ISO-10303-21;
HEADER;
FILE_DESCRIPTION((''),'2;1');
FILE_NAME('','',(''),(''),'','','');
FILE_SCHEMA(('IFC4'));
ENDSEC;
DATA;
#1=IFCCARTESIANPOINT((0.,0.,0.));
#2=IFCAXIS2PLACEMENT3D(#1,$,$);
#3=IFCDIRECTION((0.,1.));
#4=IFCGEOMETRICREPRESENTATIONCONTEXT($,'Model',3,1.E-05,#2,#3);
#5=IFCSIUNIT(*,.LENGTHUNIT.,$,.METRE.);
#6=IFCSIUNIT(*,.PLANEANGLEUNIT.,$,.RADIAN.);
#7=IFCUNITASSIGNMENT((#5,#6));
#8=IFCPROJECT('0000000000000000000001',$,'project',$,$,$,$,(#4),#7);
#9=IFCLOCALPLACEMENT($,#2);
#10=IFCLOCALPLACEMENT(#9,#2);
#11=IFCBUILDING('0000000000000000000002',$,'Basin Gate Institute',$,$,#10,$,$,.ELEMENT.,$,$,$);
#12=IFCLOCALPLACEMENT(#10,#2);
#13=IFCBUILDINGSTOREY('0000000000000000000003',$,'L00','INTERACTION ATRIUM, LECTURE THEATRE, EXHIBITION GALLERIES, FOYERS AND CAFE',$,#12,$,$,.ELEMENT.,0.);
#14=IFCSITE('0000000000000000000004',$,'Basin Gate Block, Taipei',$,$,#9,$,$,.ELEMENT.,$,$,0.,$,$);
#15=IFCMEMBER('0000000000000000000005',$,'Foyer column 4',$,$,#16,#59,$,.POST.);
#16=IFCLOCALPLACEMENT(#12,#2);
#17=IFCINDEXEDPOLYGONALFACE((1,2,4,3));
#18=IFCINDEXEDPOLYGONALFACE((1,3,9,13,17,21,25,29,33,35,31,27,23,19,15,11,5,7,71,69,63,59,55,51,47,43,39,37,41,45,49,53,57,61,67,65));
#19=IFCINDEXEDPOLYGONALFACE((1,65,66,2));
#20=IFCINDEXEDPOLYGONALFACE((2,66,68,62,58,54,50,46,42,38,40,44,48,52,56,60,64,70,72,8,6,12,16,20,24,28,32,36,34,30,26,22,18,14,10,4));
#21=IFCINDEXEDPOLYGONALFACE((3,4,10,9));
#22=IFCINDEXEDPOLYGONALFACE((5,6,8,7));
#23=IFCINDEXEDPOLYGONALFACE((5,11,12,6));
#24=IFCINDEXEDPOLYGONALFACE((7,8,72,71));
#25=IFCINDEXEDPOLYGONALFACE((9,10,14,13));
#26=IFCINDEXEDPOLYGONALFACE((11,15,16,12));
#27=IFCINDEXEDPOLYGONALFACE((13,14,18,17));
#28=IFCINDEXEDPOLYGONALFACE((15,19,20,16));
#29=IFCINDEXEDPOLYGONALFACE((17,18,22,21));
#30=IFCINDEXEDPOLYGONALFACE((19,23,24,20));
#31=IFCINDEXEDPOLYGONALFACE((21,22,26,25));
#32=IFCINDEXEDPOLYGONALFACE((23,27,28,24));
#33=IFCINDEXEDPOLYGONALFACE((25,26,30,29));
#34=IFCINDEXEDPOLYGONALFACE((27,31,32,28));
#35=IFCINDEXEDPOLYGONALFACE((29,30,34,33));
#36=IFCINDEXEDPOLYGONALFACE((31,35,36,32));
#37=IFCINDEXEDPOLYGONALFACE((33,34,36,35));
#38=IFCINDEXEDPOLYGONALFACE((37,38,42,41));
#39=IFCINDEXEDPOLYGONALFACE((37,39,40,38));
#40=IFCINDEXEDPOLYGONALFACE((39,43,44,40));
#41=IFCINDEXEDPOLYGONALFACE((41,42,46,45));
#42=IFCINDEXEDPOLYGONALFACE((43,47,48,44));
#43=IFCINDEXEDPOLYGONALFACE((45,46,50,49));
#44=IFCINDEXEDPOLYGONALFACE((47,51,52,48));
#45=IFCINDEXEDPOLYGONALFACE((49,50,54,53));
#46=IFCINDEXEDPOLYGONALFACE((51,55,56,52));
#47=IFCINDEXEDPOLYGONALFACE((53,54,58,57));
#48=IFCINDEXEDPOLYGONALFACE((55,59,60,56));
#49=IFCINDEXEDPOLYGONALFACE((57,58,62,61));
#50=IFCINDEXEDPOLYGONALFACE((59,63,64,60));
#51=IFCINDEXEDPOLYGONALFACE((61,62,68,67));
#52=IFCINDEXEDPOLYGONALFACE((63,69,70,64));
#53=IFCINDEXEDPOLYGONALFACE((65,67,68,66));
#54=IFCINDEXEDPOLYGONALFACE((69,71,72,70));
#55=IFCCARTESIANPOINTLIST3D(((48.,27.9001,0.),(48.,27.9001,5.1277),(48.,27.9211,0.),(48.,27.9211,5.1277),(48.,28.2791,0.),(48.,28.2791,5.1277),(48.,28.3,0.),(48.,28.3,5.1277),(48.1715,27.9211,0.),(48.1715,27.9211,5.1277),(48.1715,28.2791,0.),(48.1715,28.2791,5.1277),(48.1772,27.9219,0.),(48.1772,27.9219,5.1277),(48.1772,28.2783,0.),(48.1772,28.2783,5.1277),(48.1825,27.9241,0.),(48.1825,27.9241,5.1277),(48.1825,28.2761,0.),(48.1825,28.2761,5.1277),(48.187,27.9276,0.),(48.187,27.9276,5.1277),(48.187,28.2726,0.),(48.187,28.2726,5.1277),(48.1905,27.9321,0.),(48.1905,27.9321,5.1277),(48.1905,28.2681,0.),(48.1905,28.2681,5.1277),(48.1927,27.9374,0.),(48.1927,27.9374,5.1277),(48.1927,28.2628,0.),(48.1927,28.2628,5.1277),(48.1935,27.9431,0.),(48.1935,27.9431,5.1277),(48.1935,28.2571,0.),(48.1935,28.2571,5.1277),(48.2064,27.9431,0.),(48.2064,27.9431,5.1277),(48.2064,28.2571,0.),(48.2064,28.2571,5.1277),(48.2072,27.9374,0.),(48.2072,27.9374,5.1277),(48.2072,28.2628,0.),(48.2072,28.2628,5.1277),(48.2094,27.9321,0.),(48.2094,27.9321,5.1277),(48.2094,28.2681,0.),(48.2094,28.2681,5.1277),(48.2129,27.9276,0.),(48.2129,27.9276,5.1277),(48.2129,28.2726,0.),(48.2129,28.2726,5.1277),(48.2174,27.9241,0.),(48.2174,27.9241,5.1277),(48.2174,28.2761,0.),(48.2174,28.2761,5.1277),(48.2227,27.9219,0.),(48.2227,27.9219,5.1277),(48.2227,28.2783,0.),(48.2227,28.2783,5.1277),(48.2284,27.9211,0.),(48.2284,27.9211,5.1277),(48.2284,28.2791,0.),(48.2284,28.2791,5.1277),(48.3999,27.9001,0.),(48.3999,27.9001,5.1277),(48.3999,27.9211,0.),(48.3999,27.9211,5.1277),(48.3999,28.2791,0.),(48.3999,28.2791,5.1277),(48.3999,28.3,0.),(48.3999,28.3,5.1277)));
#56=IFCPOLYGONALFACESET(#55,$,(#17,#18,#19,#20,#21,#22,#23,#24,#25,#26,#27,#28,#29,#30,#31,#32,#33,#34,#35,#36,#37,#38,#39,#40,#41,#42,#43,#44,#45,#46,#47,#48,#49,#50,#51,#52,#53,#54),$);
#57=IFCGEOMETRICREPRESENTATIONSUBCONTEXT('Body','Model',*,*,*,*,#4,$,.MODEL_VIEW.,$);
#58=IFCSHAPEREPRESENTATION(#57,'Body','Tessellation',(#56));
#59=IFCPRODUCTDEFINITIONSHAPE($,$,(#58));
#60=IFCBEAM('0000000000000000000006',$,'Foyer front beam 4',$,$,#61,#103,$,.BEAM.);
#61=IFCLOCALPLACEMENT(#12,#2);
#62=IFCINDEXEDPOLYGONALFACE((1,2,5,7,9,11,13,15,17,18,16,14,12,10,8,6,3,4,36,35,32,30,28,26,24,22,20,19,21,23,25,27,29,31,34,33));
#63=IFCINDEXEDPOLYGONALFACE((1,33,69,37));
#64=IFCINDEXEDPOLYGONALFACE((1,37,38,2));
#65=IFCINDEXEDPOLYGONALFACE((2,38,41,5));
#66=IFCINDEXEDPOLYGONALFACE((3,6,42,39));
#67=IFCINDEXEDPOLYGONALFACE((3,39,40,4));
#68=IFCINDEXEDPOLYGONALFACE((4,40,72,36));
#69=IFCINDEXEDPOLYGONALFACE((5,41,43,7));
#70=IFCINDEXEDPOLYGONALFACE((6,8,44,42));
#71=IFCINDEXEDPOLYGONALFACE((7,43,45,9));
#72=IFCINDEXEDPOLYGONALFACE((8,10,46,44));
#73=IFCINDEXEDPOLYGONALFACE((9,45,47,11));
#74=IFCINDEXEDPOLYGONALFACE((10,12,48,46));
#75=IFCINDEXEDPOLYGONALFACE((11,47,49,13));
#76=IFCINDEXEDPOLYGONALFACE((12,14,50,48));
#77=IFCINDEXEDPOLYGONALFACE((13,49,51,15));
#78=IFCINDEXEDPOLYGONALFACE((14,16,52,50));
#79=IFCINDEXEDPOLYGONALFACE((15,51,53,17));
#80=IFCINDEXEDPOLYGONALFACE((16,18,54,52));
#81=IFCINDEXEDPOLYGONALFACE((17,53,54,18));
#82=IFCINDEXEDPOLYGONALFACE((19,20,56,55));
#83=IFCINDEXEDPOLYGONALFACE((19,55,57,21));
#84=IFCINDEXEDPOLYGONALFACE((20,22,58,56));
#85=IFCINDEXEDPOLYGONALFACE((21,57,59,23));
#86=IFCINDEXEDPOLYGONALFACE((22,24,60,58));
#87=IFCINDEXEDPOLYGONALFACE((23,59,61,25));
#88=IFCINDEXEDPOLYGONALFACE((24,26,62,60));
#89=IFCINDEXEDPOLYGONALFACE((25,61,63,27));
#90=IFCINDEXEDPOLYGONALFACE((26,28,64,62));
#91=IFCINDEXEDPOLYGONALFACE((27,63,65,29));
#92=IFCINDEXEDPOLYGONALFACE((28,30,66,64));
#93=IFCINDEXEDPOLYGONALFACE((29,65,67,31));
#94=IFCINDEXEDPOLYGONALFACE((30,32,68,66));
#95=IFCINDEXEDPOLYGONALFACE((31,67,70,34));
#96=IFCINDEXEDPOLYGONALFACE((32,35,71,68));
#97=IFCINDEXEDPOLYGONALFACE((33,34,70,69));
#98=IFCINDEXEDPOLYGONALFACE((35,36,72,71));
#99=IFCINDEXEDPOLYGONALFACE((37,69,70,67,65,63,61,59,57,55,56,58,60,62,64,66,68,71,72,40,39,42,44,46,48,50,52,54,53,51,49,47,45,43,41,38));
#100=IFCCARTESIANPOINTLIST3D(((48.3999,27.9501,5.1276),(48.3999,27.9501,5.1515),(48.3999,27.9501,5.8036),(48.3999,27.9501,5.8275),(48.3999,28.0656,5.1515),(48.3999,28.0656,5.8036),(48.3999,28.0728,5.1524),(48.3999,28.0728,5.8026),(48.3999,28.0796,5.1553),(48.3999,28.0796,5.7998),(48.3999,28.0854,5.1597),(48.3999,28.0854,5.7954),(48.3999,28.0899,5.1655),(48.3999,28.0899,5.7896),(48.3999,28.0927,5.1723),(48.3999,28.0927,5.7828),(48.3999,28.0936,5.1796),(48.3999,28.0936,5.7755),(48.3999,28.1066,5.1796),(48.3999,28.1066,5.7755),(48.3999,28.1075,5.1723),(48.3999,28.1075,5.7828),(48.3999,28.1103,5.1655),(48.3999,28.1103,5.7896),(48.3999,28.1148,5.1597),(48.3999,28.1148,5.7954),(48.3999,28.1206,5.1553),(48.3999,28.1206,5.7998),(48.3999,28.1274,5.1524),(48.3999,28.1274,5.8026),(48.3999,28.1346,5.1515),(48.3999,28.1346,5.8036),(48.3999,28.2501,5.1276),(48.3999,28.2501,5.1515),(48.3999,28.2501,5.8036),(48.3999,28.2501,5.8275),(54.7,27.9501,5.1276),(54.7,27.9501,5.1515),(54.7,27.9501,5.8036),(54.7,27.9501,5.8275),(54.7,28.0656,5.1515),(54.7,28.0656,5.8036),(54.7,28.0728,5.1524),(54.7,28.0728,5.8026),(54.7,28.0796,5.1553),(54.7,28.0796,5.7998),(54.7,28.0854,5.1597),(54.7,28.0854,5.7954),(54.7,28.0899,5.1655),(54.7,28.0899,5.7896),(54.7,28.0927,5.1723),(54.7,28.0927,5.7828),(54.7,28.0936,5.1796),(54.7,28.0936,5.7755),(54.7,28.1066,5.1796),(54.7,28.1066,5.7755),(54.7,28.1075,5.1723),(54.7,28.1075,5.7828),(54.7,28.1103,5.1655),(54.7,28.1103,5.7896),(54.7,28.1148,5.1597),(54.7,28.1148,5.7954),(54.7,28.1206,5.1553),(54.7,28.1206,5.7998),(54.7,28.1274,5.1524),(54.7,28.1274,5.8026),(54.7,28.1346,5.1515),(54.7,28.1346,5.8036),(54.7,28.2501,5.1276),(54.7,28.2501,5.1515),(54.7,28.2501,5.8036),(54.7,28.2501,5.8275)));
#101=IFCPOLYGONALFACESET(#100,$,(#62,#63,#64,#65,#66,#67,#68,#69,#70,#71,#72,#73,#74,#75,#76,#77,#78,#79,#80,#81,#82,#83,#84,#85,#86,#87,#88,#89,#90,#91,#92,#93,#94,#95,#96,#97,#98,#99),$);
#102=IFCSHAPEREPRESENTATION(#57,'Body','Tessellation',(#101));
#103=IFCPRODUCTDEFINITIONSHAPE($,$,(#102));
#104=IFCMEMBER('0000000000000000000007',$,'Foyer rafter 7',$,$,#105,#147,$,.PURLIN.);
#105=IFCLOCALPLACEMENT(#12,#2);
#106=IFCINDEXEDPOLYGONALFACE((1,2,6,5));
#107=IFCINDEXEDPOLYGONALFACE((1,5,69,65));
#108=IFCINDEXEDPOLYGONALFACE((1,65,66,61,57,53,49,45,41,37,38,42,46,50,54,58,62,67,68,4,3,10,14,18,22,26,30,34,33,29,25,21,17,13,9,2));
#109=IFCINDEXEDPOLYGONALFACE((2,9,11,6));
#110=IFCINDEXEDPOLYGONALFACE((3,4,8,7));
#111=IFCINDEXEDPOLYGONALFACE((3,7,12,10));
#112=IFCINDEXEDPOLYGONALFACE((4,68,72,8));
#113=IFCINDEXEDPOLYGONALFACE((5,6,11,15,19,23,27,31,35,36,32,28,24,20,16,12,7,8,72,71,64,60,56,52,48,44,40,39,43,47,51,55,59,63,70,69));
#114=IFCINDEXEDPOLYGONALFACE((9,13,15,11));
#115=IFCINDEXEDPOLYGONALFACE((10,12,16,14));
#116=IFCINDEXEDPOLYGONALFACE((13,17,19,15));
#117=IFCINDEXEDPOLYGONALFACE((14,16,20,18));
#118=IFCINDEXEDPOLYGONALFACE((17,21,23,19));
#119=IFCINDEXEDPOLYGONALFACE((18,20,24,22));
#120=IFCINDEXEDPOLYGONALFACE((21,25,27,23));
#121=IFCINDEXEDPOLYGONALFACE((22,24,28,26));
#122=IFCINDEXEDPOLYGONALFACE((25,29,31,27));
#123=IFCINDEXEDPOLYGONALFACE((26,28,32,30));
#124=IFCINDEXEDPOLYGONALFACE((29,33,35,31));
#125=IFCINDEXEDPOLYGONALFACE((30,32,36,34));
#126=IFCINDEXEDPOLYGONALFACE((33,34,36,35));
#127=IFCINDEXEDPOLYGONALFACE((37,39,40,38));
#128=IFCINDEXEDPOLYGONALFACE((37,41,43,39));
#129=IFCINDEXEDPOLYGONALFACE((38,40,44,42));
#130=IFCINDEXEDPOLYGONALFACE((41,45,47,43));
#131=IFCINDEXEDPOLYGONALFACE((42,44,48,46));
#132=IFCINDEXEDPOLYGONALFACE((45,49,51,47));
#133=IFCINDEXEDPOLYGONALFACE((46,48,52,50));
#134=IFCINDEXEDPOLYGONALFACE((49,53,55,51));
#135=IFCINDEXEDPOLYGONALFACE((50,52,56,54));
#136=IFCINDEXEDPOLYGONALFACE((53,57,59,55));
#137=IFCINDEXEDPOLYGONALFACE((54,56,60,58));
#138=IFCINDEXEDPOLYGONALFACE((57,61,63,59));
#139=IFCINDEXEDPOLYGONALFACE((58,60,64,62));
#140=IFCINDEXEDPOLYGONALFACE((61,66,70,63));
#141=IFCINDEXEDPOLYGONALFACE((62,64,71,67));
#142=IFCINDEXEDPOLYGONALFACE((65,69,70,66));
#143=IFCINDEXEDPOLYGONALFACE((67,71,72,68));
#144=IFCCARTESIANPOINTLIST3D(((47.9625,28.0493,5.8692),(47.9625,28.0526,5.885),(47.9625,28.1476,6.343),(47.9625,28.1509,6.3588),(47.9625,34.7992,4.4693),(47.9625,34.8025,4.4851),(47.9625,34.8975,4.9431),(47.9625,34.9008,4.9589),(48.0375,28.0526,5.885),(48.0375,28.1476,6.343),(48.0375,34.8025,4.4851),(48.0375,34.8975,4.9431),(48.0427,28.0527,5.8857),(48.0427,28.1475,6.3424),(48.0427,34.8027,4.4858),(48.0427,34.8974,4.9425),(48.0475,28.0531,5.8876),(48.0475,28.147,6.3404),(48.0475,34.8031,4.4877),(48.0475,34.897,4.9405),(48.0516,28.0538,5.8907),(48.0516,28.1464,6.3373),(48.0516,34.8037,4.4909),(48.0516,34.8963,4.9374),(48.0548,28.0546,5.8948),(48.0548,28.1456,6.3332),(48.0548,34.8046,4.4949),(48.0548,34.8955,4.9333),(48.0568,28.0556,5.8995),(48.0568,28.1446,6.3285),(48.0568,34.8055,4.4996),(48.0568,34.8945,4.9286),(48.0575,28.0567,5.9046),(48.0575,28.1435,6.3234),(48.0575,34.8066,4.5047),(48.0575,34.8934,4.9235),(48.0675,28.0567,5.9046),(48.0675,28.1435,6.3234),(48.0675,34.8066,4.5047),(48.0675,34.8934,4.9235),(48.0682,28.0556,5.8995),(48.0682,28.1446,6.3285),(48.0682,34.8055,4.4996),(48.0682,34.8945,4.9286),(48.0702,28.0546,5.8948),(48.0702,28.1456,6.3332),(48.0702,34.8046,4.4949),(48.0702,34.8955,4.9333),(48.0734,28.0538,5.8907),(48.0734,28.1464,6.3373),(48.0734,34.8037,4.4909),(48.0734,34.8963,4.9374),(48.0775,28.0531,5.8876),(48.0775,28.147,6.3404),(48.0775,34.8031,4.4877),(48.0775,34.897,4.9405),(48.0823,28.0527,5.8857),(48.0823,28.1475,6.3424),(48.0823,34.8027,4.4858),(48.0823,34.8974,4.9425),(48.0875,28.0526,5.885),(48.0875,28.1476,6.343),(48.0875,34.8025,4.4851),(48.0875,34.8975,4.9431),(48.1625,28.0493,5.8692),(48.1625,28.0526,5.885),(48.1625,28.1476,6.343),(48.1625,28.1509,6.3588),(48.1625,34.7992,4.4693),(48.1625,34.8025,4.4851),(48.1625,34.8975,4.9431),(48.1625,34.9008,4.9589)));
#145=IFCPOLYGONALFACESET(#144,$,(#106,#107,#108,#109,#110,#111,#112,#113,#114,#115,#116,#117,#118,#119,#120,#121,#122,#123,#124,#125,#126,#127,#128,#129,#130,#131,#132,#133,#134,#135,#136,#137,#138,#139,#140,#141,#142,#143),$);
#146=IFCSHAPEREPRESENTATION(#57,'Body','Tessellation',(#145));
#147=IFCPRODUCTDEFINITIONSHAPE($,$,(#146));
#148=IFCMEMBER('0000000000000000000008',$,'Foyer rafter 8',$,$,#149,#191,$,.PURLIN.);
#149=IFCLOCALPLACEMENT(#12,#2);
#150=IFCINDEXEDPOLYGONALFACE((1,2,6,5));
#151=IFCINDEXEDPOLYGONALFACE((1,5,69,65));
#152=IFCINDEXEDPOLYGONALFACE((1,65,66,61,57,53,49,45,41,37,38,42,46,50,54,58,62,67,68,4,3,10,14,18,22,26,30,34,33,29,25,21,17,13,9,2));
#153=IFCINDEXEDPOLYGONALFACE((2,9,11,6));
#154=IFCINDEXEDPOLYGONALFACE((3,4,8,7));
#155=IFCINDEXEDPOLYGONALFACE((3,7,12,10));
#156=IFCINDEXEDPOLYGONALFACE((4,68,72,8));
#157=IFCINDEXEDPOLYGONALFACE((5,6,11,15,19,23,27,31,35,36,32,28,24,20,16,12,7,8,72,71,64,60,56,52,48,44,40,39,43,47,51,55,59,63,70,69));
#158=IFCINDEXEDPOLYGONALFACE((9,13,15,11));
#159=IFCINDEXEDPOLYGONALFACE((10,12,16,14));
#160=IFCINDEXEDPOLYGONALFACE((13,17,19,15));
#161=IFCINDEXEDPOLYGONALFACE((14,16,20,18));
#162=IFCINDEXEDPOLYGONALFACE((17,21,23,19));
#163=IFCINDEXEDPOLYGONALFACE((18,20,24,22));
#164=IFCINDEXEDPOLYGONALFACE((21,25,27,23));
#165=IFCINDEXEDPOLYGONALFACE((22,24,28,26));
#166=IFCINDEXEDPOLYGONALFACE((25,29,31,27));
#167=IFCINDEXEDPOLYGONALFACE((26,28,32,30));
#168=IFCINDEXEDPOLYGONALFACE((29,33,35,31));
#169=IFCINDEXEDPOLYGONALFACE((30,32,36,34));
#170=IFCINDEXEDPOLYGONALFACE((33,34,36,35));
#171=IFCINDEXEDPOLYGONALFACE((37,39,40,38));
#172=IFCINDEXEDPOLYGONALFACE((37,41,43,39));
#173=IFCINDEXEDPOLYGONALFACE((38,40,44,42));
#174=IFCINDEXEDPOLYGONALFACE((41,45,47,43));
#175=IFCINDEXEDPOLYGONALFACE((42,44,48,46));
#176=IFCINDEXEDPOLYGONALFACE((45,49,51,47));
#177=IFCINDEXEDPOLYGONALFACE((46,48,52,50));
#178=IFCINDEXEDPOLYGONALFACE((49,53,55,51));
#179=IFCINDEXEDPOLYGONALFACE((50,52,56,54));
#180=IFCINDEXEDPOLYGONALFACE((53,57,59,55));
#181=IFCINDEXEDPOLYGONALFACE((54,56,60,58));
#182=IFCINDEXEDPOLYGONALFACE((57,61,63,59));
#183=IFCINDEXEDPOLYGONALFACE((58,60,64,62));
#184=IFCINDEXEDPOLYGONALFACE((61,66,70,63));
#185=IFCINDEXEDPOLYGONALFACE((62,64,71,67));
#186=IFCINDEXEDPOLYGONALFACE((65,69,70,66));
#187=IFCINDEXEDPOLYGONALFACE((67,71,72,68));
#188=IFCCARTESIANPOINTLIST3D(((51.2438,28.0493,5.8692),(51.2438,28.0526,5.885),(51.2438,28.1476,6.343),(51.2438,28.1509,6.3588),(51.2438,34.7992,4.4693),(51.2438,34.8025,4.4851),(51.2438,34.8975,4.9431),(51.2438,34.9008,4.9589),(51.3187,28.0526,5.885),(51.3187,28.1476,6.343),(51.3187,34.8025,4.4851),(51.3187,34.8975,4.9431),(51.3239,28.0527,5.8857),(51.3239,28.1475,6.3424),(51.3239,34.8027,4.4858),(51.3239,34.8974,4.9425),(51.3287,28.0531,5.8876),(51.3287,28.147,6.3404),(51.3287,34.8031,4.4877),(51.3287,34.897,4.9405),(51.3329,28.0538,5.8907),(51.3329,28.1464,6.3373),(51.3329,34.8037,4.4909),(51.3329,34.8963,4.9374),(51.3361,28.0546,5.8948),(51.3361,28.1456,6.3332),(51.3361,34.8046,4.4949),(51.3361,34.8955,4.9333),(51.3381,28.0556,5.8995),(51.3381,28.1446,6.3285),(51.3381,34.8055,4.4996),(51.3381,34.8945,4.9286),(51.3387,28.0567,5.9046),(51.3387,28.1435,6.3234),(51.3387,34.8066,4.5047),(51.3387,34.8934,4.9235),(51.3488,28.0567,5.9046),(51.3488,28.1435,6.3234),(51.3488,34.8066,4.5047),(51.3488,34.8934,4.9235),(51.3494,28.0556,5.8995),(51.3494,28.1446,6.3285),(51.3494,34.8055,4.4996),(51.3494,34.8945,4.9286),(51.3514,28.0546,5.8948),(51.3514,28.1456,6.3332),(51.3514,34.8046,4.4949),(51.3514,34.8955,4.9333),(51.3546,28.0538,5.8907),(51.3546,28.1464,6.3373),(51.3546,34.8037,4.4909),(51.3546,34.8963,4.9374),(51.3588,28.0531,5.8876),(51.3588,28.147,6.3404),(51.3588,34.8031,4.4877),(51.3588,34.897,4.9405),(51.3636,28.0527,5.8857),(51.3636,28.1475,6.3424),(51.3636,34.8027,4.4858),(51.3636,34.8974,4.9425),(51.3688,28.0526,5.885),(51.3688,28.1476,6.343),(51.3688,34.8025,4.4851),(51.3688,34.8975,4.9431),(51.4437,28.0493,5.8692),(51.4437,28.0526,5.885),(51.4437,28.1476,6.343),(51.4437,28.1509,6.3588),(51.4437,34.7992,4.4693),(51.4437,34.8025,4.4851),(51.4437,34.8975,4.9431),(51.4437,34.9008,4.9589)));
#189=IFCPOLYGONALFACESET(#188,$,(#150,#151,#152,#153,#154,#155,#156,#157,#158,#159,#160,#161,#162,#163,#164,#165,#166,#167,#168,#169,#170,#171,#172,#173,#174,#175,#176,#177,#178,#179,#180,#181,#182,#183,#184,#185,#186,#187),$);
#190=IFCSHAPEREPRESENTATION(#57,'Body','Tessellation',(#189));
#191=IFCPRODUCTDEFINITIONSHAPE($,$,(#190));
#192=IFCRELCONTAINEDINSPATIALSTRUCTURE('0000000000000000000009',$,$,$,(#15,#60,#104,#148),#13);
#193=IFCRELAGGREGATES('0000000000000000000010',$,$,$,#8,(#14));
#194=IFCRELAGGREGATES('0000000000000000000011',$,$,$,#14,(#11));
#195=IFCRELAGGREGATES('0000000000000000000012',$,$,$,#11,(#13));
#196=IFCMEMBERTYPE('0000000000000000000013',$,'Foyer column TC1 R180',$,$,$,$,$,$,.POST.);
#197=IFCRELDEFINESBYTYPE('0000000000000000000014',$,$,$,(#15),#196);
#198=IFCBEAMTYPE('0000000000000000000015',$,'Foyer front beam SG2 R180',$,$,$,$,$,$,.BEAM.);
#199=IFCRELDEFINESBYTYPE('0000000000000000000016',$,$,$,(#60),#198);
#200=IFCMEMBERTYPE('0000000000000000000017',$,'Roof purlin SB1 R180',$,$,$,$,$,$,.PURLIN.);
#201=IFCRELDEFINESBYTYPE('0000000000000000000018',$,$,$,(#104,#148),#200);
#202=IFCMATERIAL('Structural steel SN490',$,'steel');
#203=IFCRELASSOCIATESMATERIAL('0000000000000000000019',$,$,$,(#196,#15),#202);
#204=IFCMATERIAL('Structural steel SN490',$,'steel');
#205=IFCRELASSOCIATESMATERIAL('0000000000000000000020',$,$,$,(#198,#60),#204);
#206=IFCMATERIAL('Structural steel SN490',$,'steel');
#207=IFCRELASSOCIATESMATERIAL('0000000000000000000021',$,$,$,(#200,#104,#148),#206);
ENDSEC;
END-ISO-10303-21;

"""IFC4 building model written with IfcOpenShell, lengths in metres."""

from ifc_helpers import new_model, si_unit, direction, frame, origin, origin_2d, place, context, subcontext, project, spatial, i_section, extrude, material, material_profile, profile_set, type_object, element, save


model = new_model("IFC4")

# Units and contexts
model_context = context("Model", 3, precision=1e-05, world=origin(), true_north=direction((0.0, 1.0)))
body_context = subcontext(model_context, "Body", "Model", "MODEL_VIEW")
ifc_project = project(units=[si_unit("LENGTHUNIT", "METRE"), si_unit("PLANEANGLEUNIT", "RADIAN")], contexts=[model_context])

# Site, building, storey
site_placement = place(None, origin())
site = spatial("IfcSite", under=ifc_project, at=site_placement, Name="Basin Gate Block, Taipei", CompositionType="ELEMENT", RefElevation=0.0)
building_placement = place(site_placement, origin())
building = spatial("IfcBuilding", under=site, at=building_placement, Name="Basin Gate Institute", CompositionType="ELEMENT")
storey_placement = place(building_placement, origin())
storey = spatial("IfcBuildingStorey", under=building, at=storey_placement, Name="L00", Description="INTERACTION ATRIUM, LECTURE THEATRE, EXHIBITION GALLERIES, FOYERS AND CAFE", CompositionType="ELEMENT", Elevation=0.0)

# Member
ifc_material_1 = material(Name="Structural steel SN490", Category="steel")
ifc_material_profile_1 = material_profile(ifc_material_1, i_section(OverallWidth=0.3999, OverallDepth=0.3999, WebThickness=0.0129, FlangeThickness=0.021, FilletRadius=0.022, at=origin_2d()), Name="H400x400")
ifc_profile_set_1 = profile_set([ifc_material_profile_1], Name="Structural steel SN490")
member_type_1 = type_object("IfcMemberType", Name="Foyer column TC1 R180", PredefinedType="POST", material=ifc_profile_set_1)
member_1_placement = place(storey_placement, frame((48.2, 28.1001, 0.0), z_axis=(0.0, 0.0, 1.0), x_axis=(1.0, 0.0, 0.0)))
element("IfcMember", 1, at=member_1_placement, inside=storey, type_object=member_type_1, material=ifc_profile_set_1, Name="Foyer column 4", PredefinedType="POST", context=body_context, shape_type="SweptSolid", body=[
    extrude(i_section(OverallWidth=0.3999, OverallDepth=0.3999, WebThickness=0.0129, FlangeThickness=0.021, FilletRadius=0.022, at=origin_2d()), origin(), (0.0, 0.0, 1.0), 5.1277),
])

# Beam
ifc_material_2 = material(Name="Structural steel SN490", Category="steel")
ifc_material_profile_2 = material_profile(ifc_material_2, i_section(OverallWidth=0.3, OverallDepth=0.7, WebThickness=0.0129, FlangeThickness=0.0239, FilletRadius=0.0281, at=origin_2d()), Name="H700x300")
ifc_profile_set_2 = profile_set([ifc_material_profile_2], Name="Structural steel SN490")
beam_type = type_object("IfcBeamType", Name="Foyer front beam SG2 R180", PredefinedType="BEAM", material=ifc_profile_set_2)
beam_placement = place(storey_placement, frame((48.3999, 28.1001, 5.4775), z_axis=(1.0, 0.0, 0.0), x_axis=(0.0, 1.0, 0.0)))
element("IfcBeam", 2, at=beam_placement, inside=storey, type_object=beam_type, material=ifc_profile_set_2, Name="Foyer front beam 4", PredefinedType="BEAM", context=body_context, shape_type="SweptSolid", body=[
    extrude(i_section(OverallWidth=0.3, OverallDepth=0.7, WebThickness=0.0129, FlangeThickness=0.0239, FilletRadius=0.0281, at=origin_2d()), origin(), (0.0, 0.0, 1.0), 6.3),
])

# Members
ifc_material_3 = material(Name="Structural steel SN490", Category="steel")
ifc_material_profile_3 = material_profile(ifc_material_3, i_section(OverallWidth=0.2, OverallDepth=0.5, WebThickness=0.01, FlangeThickness=0.0161, FilletRadius=0.02, at=origin_2d()), Name="H500x200")
ifc_profile_set_3 = profile_set([ifc_material_profile_3], Name="Structural steel SN490")
member_type_2 = type_object("IfcMemberType", Name="Roof purlin SB1 R180", PredefinedType="PURLIN", material=ifc_profile_set_3)
for number, where, z_axis, x_axis, name in (
    (3, (48.0625, 28.1001, 6.114), (0.0, 0.979164, -0.203072), (-1.0, 0.0, 0.0), "Foyer rafter 7"),
    (4, (51.3438, 28.1001, 6.114), (0.0, 0.979164, -0.203072), (-1.0, 0.0, 0.0), "Foyer rafter 8"),
):
    element("IfcMember", number, at=place(storey_placement, frame(where, z_axis=z_axis, x_axis=x_axis)), inside=storey, type_object=member_type_2, material=ifc_profile_set_3, Name=name, PredefinedType="PURLIN", context=body_context, shape_type="SweptSolid", body=[
        extrude(i_section(OverallWidth=0.2, OverallDepth=0.5, WebThickness=0.01, FlangeThickness=0.0161, FilletRadius=0.02, at=origin_2d()), origin(), (0.0, 0.0, 1.0), 6.8936),
    ])

save(model, "model.ifc")
